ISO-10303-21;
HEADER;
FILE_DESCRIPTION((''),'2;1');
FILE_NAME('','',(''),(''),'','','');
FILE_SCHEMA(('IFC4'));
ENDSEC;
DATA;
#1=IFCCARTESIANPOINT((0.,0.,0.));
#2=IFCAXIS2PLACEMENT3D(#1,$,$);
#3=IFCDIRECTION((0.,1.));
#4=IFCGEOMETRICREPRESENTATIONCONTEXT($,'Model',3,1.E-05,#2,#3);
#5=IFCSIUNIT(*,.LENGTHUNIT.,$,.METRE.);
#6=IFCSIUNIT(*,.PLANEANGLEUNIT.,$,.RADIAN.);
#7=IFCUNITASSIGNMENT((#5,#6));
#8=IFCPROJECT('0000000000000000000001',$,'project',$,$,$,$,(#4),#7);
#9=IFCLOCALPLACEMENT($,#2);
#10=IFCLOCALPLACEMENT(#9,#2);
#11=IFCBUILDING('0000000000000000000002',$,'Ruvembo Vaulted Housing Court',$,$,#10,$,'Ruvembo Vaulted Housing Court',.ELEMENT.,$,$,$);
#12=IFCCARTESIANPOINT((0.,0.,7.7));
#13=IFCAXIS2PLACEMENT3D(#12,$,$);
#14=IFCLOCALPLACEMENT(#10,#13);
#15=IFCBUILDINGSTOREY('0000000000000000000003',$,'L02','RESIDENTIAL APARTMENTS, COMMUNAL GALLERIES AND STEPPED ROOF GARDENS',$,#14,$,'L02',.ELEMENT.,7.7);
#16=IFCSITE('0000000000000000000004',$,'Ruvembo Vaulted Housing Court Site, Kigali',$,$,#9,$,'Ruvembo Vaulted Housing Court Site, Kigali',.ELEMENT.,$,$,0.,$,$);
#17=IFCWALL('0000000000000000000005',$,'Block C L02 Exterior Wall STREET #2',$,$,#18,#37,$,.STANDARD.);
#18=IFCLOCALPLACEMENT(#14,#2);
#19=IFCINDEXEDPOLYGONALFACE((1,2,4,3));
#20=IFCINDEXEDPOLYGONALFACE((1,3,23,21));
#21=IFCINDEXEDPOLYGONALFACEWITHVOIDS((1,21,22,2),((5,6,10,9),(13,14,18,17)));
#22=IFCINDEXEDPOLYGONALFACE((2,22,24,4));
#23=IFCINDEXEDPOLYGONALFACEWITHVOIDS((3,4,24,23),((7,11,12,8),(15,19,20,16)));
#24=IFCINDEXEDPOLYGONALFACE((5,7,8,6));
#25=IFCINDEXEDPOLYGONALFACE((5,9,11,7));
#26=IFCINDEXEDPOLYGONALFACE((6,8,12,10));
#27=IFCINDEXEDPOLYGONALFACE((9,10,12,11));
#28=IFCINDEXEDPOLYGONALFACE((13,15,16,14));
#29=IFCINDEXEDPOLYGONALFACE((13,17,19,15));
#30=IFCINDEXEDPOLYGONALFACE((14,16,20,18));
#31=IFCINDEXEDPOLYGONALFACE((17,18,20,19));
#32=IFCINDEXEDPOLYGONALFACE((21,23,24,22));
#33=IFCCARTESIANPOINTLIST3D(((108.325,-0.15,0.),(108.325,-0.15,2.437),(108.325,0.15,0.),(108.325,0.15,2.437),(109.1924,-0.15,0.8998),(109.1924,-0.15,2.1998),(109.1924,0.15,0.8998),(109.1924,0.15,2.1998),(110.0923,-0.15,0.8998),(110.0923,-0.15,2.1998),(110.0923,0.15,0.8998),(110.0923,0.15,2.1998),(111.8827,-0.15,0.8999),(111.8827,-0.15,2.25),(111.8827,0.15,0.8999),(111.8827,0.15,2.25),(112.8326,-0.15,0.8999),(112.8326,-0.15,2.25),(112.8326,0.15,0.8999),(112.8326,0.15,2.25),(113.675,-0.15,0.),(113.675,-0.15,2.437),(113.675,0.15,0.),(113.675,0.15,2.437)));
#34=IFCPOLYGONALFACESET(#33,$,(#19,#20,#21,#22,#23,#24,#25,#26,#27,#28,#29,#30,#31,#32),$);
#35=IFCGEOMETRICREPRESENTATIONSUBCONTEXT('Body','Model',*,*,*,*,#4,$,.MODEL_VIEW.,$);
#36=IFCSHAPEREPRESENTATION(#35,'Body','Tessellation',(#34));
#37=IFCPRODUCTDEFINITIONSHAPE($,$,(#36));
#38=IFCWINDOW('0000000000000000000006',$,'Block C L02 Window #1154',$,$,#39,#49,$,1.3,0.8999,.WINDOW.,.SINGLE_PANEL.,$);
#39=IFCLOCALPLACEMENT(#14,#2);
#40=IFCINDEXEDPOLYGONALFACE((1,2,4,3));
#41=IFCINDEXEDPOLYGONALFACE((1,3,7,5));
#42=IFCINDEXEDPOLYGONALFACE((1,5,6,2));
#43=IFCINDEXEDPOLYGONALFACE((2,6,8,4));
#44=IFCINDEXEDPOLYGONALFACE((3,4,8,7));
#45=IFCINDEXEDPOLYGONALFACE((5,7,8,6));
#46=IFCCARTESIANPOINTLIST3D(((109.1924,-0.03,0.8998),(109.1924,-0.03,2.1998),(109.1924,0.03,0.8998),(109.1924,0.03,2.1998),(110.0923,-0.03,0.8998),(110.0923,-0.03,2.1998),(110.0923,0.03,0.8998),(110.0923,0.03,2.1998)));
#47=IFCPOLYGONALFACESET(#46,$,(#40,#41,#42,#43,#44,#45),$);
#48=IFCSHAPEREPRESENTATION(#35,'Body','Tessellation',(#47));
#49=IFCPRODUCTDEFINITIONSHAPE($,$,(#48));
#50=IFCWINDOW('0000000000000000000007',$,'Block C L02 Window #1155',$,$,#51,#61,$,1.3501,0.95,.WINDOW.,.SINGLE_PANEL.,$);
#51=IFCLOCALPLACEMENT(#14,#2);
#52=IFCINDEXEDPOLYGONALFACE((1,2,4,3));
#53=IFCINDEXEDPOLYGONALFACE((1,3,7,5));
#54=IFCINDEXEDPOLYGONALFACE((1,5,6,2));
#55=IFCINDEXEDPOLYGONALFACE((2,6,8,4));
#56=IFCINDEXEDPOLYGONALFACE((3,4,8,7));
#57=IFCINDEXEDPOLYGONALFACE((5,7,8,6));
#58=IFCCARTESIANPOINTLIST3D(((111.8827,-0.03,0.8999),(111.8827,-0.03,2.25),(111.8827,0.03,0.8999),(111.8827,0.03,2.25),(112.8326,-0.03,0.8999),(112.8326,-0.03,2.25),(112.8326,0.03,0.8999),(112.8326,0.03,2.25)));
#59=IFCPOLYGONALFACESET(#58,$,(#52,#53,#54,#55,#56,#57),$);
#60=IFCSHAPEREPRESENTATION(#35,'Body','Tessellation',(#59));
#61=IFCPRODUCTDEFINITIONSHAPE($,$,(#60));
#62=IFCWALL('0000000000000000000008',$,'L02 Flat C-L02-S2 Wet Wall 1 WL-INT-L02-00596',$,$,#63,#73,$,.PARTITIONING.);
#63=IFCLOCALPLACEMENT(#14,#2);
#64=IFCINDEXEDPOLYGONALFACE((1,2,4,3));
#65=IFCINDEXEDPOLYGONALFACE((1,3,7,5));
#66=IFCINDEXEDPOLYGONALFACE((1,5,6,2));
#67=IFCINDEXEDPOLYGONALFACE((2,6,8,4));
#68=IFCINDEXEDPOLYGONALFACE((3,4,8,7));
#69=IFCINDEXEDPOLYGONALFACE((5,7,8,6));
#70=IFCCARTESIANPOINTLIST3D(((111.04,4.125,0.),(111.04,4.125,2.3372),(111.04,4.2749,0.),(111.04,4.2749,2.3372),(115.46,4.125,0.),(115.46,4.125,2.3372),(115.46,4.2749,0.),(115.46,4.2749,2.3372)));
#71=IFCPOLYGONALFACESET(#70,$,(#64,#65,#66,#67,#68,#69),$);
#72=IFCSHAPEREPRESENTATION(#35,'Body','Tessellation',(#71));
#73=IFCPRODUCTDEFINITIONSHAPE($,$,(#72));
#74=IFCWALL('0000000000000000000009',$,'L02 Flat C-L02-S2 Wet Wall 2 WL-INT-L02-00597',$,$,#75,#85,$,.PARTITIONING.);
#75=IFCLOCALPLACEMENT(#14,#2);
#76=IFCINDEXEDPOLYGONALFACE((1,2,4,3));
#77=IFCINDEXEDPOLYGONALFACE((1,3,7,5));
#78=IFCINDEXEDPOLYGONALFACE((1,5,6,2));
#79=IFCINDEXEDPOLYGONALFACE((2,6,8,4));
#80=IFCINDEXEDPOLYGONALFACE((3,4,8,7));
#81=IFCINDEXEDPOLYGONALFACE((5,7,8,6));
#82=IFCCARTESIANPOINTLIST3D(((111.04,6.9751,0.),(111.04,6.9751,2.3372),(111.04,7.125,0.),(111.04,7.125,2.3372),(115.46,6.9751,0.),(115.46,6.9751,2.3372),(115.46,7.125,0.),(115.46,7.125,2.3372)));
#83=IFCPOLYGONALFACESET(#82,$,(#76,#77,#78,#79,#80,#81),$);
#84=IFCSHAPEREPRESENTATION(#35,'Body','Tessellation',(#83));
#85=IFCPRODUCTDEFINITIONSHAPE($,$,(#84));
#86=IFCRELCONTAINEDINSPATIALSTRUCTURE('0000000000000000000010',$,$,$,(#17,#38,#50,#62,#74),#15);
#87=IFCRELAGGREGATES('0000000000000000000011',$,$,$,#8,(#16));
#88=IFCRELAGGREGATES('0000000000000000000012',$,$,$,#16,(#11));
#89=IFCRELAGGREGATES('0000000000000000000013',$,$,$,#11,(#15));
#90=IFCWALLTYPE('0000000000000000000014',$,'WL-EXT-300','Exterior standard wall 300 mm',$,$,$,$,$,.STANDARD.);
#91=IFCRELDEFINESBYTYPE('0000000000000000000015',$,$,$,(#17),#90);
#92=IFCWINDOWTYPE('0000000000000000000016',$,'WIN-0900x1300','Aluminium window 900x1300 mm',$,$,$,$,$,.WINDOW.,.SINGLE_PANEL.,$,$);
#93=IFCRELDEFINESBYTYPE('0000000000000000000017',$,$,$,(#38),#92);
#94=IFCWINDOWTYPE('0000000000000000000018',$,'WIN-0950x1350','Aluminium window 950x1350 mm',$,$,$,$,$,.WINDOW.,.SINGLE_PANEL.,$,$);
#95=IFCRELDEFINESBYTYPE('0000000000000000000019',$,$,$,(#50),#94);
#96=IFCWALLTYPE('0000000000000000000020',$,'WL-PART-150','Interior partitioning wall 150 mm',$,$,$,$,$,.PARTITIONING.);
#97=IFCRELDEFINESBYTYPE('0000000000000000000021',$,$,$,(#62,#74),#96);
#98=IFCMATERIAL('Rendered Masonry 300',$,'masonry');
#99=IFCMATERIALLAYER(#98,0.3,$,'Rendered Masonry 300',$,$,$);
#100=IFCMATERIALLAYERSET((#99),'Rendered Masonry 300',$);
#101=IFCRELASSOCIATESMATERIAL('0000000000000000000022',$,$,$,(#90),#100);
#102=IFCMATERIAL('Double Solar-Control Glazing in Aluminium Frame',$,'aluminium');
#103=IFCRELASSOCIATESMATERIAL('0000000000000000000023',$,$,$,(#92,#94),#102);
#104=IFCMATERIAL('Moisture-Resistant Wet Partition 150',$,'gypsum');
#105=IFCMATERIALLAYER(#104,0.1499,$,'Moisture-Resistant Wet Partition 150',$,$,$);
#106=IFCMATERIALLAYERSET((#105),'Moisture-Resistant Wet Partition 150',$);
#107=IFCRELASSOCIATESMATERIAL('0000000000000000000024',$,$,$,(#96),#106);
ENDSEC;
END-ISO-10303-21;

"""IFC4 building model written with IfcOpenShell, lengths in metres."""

from ifc_helpers import new_model, si_unit, direction, frame, frame_2d, origin, place, context, subcontext, project, spatial, rectangle, extrude, material, layer, layer_set, type_object, element, fill, save


model = new_model("IFC4")

# Units and contexts
model_context = context("Model", 3, precision=1e-05, world=origin(), true_north=direction((0.0, 1.0)))
body_context = subcontext(model_context, "Body", "Model", "MODEL_VIEW")
ifc_project = project(units=[si_unit("LENGTHUNIT", "METRE"), si_unit("PLANEANGLEUNIT", "RADIAN")], contexts=[model_context])

# Site, building, storey
site_placement = place(None, origin())
site = spatial("IfcSite", under=ifc_project, at=site_placement, Name="Ruvembo Vaulted Housing Court Site, Kigali", LongName="Ruvembo Vaulted Housing Court Site, Kigali", CompositionType="ELEMENT", RefElevation=0.0)
building_placement = place(site_placement, origin())
building = spatial("IfcBuilding", under=site, at=building_placement, Name="Ruvembo Vaulted Housing Court", LongName="Ruvembo Vaulted Housing Court", CompositionType="ELEMENT")
storey_placement = place(building_placement, frame((0.0, 0.0, 7.7)))
storey = spatial("IfcBuildingStorey", under=building, at=storey_placement, Name="L02", Description="RESIDENTIAL APARTMENTS, COMMUNAL GALLERIES AND STEPPED ROOF GARDENS", LongName="L02", CompositionType="ELEMENT", Elevation=7.7)

# Wall, openings, windows
ifc_material_1 = material(Name="Rendered Masonry 300", Category="masonry")
ifc_layer_1 = layer(ifc_material_1, 0.3, Name="Rendered Masonry 300")
ifc_layer_set_1 = layer_set([ifc_layer_1], Name="Rendered Masonry 300")
wall_type_1 = type_object("IfcWallType", Name="WL-EXT-300", Description="Exterior standard wall 300 mm", PredefinedType="STANDARD", material=ifc_layer_set_1)
wall_1_placement = place(storey_placement, frame((108.325, 0.0, 0.0), z_axis=(0.0, 0.0, 1.0), x_axis=(1.0, 0.0, 0.0)))
wall_1 = element("IfcWall", 1, at=wall_1_placement, inside=storey, type_object=wall_type_1, Name="Block C L02 Exterior Wall STREET #2", PredefinedType="STANDARD", context=body_context, shape_type="SweptSolid", body=[
    extrude(rectangle(XDim=5.3501, YDim=0.3, at=frame_2d((2.675, 0.0))), origin(), (0.0, 0.0, 1.0), 2.437),
])
opening_1_placement = place(wall_1_placement, frame((0.8674, 0.0, 0.8999)))
opening_1 = element("IfcOpeningElement", 2, at=opening_1_placement, cuts=wall_1, PredefinedType="OPENING", context=body_context, shape_type="SweptSolid", body=[
    extrude(rectangle(XDim=0.8999, YDim=1.3, at=frame_2d((0.45, 0.6499))), frame((0.0, 0.1599, 0.0), z_axis=(0.0, -1.0, 0.0), x_axis=(1.0, 0.0, 0.0)), (0.0, 0.0, 1.0), 0.3201),
])
opening_2_placement = place(wall_1_placement, frame((3.5576, 0.0, 0.8999)))
opening_2 = element("IfcOpeningElement", 3, at=opening_2_placement, cuts=wall_1, PredefinedType="OPENING", context=body_context, shape_type="SweptSolid", body=[
    extrude(rectangle(XDim=0.95, YDim=1.3501, at=frame_2d((0.4751, 0.675))), frame((0.0, 0.1599, 0.0), z_axis=(0.0, -1.0, 0.0), x_axis=(1.0, 0.0, 0.0)), (0.0, 0.0, 1.0), 0.3201),
])
ifc_material_2 = material(Name="Double Solar-Control Glazing in Aluminium Frame", Category="aluminium")
window_type_1 = type_object("IfcWindowType", Name="WIN-0900x1300", Description="Aluminium window 900x1300 mm", PartitioningType="SINGLE_PANEL", PredefinedType="WINDOW", material=ifc_material_2)
window_1_placement = place(opening_1_placement, origin())
window_1 = element("IfcWindow", 4, at=window_1_placement, inside=storey, type_object=window_type_1, Name="Block C L02 Window #1154", OverallHeight=1.3, OverallWidth=0.8999, PartitioningType="SINGLE_PANEL", PredefinedType="WINDOW", context=body_context, shape_type="SweptSolid", body=[
    extrude(rectangle(XDim=0.8999, YDim=1.3, at=frame_2d((0.45, 0.6499))), frame((0.0, 0.03, 0.0), z_axis=(0.0, -1.0, 0.0), x_axis=(1.0, 0.0, 0.0)), (0.0, 0.0, 1.0), 0.0601),
])
fill(opening_1, window_1)
window_type_2 = type_object("IfcWindowType", Name="WIN-0950x1350", Description="Aluminium window 950x1350 mm", PartitioningType="SINGLE_PANEL", PredefinedType="WINDOW", material=ifc_material_2)
window_2_placement = place(opening_2_placement, origin())
window_2 = element("IfcWindow", 5, at=window_2_placement, inside=storey, type_object=window_type_2, Name="Block C L02 Window #1155", OverallHeight=1.3501, OverallWidth=0.95, PartitioningType="SINGLE_PANEL", PredefinedType="WINDOW", context=body_context, shape_type="SweptSolid", body=[
    extrude(rectangle(XDim=0.95, YDim=1.3501, at=frame_2d((0.4751, 0.675))), frame((0.0, 0.03, 0.0), z_axis=(0.0, -1.0, 0.0), x_axis=(1.0, 0.0, 0.0)), (0.0, 0.0, 1.0), 0.0601),
])
fill(opening_2, window_2)

# Walls
ifc_material_3 = material(Name="Moisture-Resistant Wet Partition 150", Category="gypsum")
ifc_layer_2 = layer(ifc_material_3, 0.1499, Name="Moisture-Resistant Wet Partition 150")
ifc_layer_set_2 = layer_set([ifc_layer_2], Name="Moisture-Resistant Wet Partition 150")
wall_type_2 = type_object("IfcWallType", Name="WL-PART-150", Description="Interior partitioning wall 150 mm", PredefinedType="PARTITIONING", material=ifc_layer_set_2)
for number, where, z_axis, x_axis, name in (
    (6, (111.04, 4.2, 0.0), (0.0, 0.0, 1.0), (1.0, 0.0, 0.0), "L02 Flat C-L02-S2 Wet Wall 1 WL-INT-L02-00596"),
    (7, (111.04, 7.05, 0.0), (0.0, 0.0, 1.0), (1.0, 0.0, 0.0), "L02 Flat C-L02-S2 Wet Wall 2 WL-INT-L02-00597"),
):
    element("IfcWall", number, at=place(storey_placement, frame(where, z_axis=z_axis, x_axis=x_axis)), inside=storey, type_object=wall_type_2, Name=name, PredefinedType="PARTITIONING", context=body_context, shape_type="SweptSolid", body=[
        extrude(rectangle(XDim=4.4199, YDim=0.1499, at=frame_2d((2.21, 0.0))), origin(), (0.0, 0.0, 1.0), 2.3372),
    ])

save(model, "model.ifc")
